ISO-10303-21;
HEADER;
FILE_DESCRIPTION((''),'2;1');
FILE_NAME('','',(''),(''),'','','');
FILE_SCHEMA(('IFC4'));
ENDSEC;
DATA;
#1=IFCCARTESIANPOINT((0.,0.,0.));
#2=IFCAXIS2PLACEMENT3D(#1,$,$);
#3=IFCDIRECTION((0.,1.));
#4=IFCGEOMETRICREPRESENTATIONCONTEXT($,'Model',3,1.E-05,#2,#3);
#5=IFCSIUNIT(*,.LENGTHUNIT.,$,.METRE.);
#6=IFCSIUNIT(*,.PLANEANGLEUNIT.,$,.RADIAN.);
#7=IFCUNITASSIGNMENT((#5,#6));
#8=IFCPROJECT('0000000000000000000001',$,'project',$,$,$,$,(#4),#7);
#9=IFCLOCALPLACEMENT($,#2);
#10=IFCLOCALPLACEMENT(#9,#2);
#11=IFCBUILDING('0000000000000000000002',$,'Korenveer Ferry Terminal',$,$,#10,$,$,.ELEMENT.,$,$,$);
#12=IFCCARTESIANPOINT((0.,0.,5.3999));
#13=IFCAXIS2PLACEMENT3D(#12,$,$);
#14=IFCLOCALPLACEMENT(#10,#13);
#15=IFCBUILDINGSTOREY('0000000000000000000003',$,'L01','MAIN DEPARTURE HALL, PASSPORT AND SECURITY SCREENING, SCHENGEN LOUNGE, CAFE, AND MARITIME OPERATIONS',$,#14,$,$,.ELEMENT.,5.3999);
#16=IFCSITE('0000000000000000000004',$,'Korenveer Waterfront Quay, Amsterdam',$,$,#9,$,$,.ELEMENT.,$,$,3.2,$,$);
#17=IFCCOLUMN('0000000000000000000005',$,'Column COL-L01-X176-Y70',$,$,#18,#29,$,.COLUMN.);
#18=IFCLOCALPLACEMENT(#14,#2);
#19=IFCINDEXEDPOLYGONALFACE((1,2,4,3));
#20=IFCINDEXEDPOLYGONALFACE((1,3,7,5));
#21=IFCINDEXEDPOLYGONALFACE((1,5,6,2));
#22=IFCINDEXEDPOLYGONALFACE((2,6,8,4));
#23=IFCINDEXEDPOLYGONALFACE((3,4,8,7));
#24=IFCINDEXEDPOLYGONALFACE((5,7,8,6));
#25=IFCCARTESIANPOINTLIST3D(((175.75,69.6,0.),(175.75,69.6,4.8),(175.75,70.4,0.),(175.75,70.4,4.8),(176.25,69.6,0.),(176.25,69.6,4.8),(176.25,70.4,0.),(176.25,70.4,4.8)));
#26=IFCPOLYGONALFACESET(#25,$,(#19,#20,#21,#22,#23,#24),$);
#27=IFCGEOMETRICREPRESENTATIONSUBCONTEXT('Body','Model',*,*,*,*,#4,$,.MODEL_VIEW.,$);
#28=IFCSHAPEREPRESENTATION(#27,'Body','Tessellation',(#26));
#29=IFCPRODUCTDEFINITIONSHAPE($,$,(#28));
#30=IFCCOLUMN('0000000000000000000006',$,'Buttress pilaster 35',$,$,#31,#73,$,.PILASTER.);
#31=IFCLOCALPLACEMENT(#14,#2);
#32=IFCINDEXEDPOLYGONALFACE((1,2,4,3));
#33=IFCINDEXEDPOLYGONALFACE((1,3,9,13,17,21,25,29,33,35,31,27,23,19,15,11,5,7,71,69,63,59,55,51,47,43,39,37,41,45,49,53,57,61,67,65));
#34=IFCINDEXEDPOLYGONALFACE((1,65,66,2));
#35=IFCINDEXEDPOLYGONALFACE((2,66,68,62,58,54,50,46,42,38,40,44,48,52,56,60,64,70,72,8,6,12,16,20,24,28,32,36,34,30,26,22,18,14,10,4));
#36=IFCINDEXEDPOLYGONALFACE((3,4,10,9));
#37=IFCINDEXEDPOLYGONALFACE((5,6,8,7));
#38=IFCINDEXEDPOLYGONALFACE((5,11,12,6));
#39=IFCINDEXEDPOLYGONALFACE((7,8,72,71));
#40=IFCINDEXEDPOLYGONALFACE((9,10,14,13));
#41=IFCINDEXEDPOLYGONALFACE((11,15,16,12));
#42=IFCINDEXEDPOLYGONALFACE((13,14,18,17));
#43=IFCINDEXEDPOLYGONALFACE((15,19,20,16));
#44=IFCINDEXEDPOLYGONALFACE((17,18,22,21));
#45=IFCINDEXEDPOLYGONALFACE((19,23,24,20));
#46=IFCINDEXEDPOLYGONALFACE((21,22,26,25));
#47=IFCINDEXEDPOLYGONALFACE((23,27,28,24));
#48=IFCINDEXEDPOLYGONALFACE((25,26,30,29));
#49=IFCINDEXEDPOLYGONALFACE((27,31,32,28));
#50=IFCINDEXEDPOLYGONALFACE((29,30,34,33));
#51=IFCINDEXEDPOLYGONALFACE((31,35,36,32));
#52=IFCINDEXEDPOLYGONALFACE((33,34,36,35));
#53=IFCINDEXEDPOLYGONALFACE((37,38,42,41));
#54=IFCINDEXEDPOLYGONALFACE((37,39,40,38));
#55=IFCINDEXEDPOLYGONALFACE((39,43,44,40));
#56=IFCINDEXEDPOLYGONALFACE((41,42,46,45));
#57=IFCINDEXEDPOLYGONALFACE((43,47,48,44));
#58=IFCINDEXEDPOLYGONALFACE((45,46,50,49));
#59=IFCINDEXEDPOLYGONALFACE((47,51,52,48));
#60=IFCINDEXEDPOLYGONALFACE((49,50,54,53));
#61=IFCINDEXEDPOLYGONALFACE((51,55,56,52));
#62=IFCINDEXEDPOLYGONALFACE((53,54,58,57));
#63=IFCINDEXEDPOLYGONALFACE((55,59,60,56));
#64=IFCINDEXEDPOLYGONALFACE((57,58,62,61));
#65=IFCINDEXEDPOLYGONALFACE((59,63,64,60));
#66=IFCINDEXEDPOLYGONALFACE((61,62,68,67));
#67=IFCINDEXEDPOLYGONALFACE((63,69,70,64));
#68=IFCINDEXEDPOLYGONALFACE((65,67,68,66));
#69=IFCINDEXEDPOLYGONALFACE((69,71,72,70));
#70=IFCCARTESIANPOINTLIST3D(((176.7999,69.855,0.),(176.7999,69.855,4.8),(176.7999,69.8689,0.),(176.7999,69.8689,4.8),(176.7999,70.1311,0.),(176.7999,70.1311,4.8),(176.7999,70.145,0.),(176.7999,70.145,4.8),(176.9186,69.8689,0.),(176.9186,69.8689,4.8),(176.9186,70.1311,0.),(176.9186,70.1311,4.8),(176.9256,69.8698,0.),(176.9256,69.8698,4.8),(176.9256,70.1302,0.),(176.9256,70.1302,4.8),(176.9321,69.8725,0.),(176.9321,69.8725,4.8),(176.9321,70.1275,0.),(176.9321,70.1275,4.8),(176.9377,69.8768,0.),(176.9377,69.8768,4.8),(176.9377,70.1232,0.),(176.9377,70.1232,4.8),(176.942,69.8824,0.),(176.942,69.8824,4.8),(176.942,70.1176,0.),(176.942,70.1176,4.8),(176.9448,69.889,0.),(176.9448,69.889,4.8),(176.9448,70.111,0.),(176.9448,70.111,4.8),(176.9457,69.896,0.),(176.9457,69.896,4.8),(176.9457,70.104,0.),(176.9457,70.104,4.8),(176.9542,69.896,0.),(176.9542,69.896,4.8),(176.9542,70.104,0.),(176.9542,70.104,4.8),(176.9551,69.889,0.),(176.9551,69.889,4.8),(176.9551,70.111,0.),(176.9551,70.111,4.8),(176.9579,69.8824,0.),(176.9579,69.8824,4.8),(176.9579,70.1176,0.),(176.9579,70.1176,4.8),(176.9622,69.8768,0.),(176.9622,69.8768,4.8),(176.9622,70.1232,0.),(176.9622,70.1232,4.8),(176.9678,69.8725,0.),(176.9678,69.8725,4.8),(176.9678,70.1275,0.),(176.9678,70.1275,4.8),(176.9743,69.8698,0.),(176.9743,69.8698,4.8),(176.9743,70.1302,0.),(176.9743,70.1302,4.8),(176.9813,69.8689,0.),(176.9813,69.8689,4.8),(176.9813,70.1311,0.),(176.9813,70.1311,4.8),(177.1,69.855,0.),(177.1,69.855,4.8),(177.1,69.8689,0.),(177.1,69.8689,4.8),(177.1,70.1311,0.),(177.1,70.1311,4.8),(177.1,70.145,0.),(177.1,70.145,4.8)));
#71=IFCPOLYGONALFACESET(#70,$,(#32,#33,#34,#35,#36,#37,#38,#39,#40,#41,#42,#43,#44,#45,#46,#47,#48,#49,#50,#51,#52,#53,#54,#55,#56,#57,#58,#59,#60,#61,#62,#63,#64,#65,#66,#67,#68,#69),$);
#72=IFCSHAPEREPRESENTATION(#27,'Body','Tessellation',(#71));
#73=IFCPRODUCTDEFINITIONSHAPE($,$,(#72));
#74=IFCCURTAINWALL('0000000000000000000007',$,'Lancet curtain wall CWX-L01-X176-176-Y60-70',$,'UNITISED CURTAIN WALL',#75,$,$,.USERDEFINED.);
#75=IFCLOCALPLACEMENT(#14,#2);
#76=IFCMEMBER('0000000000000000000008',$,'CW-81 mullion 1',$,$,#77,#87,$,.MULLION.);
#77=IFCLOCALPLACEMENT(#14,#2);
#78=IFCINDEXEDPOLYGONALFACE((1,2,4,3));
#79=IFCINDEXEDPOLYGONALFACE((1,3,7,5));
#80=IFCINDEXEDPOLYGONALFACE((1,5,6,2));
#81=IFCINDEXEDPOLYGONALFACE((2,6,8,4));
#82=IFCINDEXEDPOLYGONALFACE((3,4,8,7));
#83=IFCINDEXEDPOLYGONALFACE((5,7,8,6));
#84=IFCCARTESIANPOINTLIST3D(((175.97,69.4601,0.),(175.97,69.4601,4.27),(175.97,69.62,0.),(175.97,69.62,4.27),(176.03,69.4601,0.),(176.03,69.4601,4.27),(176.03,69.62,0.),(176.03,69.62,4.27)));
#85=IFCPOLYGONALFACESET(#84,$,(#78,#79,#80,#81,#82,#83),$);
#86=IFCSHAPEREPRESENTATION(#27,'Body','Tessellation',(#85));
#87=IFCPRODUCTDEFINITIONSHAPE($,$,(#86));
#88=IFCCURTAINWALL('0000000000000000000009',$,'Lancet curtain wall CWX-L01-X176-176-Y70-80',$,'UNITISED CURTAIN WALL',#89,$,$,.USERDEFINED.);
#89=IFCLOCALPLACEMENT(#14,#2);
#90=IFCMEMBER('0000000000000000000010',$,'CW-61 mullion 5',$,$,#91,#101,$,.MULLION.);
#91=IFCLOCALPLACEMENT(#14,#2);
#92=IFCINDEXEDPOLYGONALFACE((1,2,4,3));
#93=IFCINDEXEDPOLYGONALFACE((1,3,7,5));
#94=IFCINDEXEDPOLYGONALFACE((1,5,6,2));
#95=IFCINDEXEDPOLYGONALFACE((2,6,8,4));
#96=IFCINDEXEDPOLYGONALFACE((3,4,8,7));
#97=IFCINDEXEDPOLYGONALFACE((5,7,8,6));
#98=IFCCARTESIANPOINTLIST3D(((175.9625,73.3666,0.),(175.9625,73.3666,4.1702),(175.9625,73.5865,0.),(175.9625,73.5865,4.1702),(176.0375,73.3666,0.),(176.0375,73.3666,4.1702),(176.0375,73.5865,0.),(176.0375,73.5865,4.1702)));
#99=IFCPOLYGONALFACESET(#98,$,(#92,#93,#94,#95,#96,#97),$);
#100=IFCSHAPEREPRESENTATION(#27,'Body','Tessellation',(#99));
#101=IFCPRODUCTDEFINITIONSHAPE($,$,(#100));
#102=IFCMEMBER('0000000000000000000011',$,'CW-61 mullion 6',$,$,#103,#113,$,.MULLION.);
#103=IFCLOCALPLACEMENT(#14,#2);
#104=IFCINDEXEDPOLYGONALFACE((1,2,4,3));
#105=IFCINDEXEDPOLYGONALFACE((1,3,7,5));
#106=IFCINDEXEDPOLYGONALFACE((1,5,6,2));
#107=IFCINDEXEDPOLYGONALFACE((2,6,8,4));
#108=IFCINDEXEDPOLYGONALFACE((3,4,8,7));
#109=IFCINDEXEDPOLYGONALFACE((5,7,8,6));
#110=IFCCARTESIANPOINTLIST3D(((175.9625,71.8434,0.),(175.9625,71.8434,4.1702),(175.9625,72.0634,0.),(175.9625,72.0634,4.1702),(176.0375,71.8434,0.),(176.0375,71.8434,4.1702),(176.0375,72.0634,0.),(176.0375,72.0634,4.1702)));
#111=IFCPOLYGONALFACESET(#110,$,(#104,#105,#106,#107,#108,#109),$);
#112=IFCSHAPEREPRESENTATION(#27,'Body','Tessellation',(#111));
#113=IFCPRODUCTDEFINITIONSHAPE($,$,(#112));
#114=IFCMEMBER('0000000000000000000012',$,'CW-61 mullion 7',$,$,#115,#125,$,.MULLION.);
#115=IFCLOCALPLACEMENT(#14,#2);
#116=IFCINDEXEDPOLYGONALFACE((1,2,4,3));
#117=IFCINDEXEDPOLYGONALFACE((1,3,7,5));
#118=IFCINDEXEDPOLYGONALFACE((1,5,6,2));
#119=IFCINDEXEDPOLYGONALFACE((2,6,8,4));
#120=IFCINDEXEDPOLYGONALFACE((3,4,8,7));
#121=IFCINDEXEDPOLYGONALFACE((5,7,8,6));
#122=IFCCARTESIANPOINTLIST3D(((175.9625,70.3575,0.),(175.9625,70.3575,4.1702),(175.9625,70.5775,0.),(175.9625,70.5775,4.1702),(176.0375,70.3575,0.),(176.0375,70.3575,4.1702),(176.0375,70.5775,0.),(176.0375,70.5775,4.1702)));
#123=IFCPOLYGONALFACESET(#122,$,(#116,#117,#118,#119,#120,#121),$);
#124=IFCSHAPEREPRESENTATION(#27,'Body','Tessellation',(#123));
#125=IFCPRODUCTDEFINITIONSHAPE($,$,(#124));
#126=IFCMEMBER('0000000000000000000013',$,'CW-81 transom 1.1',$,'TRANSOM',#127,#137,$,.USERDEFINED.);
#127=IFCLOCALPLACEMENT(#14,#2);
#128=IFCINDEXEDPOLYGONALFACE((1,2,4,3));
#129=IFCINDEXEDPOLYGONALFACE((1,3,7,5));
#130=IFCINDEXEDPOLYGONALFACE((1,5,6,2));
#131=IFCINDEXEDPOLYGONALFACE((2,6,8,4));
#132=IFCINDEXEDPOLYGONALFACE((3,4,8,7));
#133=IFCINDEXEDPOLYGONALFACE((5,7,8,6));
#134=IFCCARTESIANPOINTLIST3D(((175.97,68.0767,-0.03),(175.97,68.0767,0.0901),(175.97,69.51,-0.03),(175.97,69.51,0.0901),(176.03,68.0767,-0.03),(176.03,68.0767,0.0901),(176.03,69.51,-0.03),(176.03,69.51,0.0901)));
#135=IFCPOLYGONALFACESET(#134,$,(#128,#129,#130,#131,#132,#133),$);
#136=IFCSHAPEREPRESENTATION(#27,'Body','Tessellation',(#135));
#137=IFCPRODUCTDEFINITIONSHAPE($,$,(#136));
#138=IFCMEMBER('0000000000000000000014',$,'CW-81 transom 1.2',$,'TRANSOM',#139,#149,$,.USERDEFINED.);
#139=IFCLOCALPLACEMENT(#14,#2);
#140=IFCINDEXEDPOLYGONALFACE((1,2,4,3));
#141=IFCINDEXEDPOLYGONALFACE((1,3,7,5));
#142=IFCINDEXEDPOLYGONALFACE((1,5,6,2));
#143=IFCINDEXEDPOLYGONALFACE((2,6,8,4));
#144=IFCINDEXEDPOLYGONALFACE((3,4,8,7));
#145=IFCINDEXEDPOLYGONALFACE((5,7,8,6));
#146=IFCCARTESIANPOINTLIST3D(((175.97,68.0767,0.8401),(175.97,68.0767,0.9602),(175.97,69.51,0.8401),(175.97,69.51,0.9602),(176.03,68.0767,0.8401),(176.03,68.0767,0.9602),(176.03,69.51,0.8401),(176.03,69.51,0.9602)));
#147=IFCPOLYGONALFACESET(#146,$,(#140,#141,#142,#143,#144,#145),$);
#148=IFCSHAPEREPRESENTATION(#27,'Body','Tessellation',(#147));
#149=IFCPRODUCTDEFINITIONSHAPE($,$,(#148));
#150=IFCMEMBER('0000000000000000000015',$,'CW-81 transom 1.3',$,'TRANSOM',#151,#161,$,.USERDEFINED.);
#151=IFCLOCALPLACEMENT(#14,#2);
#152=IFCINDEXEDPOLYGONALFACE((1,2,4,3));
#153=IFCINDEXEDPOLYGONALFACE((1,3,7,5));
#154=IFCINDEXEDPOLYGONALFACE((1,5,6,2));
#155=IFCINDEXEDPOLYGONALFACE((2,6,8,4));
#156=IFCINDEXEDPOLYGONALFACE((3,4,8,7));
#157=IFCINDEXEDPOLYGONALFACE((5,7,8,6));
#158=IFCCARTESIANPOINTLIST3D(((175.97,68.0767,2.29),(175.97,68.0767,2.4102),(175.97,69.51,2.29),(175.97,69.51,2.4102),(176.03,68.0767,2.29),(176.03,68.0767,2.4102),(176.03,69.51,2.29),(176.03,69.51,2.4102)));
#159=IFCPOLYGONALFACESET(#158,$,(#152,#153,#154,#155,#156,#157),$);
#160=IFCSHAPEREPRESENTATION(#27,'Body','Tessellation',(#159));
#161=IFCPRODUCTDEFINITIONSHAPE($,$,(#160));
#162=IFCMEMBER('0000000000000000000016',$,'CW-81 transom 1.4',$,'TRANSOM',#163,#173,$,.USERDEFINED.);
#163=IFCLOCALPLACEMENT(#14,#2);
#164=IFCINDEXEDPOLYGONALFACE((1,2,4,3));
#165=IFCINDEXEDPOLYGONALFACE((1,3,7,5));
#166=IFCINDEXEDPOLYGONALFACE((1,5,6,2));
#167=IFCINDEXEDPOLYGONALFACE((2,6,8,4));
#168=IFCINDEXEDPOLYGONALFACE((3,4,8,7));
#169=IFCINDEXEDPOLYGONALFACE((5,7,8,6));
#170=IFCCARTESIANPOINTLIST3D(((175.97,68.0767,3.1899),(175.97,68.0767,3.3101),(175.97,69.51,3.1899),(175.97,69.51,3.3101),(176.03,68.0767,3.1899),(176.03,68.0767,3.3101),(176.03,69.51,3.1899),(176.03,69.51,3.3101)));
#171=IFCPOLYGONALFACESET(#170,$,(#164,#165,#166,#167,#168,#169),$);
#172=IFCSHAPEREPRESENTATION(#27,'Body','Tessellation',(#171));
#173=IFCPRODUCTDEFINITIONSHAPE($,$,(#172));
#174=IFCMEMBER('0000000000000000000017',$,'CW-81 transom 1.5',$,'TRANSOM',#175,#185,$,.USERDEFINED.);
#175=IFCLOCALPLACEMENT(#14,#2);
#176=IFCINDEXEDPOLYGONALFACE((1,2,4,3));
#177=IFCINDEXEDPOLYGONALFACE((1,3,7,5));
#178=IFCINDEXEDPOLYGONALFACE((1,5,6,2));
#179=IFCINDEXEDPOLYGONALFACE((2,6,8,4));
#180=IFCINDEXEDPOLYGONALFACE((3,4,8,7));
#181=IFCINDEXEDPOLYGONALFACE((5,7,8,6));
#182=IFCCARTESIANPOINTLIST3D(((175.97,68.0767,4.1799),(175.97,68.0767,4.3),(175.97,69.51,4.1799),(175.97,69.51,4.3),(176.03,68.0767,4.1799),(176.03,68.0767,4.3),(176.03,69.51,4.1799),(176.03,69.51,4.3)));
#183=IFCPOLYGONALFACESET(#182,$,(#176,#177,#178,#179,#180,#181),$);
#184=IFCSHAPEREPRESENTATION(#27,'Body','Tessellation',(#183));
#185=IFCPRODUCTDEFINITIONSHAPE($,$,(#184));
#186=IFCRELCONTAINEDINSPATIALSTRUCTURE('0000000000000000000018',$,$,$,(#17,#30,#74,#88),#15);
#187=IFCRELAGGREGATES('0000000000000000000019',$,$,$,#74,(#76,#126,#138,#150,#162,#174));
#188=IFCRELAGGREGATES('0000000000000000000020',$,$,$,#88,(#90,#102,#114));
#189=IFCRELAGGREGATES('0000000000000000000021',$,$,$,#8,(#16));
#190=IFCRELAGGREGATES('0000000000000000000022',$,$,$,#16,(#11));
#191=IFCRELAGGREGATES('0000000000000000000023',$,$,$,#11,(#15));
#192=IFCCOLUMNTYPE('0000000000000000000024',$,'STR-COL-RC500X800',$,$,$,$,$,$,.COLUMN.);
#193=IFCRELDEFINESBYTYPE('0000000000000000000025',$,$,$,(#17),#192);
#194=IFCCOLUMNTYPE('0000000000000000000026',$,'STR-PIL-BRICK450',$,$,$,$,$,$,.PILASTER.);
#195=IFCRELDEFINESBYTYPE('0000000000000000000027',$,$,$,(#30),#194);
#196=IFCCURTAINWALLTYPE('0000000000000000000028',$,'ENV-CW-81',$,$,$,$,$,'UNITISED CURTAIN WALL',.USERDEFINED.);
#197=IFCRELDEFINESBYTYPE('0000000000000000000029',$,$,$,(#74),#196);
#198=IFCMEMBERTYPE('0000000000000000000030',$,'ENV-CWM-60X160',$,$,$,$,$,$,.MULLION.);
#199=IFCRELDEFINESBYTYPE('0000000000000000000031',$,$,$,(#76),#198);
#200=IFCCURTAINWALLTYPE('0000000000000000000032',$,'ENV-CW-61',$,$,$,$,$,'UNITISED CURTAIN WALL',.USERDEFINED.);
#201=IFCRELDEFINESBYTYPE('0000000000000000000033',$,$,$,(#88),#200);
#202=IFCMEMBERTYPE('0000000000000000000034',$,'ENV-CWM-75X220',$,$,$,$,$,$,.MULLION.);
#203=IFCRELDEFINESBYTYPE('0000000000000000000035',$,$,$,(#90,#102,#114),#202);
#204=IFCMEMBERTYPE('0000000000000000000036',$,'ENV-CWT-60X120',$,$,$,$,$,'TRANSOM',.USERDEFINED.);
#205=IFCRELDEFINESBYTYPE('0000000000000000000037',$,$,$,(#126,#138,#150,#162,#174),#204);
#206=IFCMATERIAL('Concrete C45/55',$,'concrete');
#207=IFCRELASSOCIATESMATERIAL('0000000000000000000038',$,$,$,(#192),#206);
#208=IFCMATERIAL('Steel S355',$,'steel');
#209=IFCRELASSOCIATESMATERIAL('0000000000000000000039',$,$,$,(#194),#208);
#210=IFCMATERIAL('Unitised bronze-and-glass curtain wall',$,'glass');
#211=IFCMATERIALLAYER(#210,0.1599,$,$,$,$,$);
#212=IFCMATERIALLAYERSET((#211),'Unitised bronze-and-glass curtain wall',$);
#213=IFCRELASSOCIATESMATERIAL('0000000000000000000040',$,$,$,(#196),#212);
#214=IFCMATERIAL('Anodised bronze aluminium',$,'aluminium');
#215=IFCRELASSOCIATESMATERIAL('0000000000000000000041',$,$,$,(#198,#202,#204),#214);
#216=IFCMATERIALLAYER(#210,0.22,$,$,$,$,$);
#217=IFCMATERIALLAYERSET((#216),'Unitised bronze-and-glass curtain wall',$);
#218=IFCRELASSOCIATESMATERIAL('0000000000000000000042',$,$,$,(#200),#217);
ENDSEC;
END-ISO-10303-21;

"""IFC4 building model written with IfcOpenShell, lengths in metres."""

from ifc_helpers import new_model, si_unit, direction, frame, origin, origin_2d, place, context, subcontext, project, spatial, rectangle, i_section, extrude, material, layer, layer_set, material_profile, profile_set, type_object, element, aggregate, save


model = new_model("IFC4")

# Units and contexts
model_context = context("Model", 3, precision=1e-05, world=origin(), true_north=direction((0.0, 1.0)))
body_context = subcontext(model_context, "Body", "Model", "MODEL_VIEW")
ifc_project = project(units=[si_unit("LENGTHUNIT", "METRE"), si_unit("PLANEANGLEUNIT", "RADIAN")], contexts=[model_context])

# Site, building, storey
site_placement = place(None, origin())
site = spatial("IfcSite", under=ifc_project, at=site_placement, Name="Korenveer Waterfront Quay, Amsterdam", CompositionType="ELEMENT", RefElevation=3.2)
building_placement = place(site_placement, origin())
building = spatial("IfcBuilding", under=site, at=building_placement, Name="Korenveer Ferry Terminal", CompositionType="ELEMENT")
storey_placement = place(building_placement, frame((0.0, 0.0, 5.3999)))
storey = spatial("IfcBuildingStorey", under=building, at=storey_placement, Name="L01", Description="MAIN DEPARTURE HALL, PASSPORT AND SECURITY SCREENING, SCHENGEN LOUNGE, CAFE, AND MARITIME OPERATIONS", CompositionType="ELEMENT", Elevation=5.3999)

# Columns
ifc_material_1 = material(Name="Concrete C45/55", Category="concrete")
ifc_material_profile_1 = material_profile(ifc_material_1, rectangle(XDim=0.5, YDim=0.8, at=origin_2d()), Name="RC 500x800")
ifc_profile_set_1 = profile_set([ifc_material_profile_1], Name="Concrete C45/55")
column_type_1 = type_object("IfcColumnType", Name="STR-COL-RC500X800", PredefinedType="COLUMN", material=ifc_profile_set_1)
column_1_placement = place(storey_placement, frame((176.0, 70.0, 0.0), z_axis=(0.0, 0.0, 1.0), x_axis=(1.0, 0.0, 0.0)))
element("IfcColumn", 1, at=column_1_placement, inside=storey, type_object=column_type_1, Name="Column COL-L01-X176-Y70", PredefinedType="COLUMN", context=body_context, shape_type="SweptSolid", body=[
    extrude(rectangle(XDim=0.5, YDim=0.8, at=origin_2d()), origin(), (0.0, 0.0, 1.0), 4.8),
])
ifc_material_2 = material(Name="Steel S355", Category="steel")
ifc_material_profile_2 = material_profile(ifc_material_2, i_section(OverallWidth=0.3, OverallDepth=0.29, WebThickness=0.0085, FlangeThickness=0.0139, FilletRadius=0.0271, at=origin_2d()), Name="HEA 300")
ifc_profile_set_2 = profile_set([ifc_material_profile_2], Name="Steel S355")
column_type_2 = type_object("IfcColumnType", Name="STR-PIL-BRICK450", PredefinedType="PILASTER", material=ifc_profile_set_2)
column_2_placement = place(storey_placement, frame((176.95, 70.0, 0.0), z_axis=(0.0, 0.0, 1.0), x_axis=(1.0, 0.0, 0.0)))
element("IfcColumn", 2, at=column_2_placement, inside=storey, type_object=column_type_2, Name="Buttress pilaster 35", PredefinedType="PILASTER", context=body_context, shape_type="SweptSolid", body=[
    extrude(i_section(OverallWidth=0.3, OverallDepth=0.29, WebThickness=0.0085, FlangeThickness=0.0139, FilletRadius=0.0271, at=origin_2d()), origin(), (0.0, 0.0, 1.0), 4.8),
])

# Curtain wall, member
ifc_material_3 = material(Name="Unitised bronze-and-glass curtain wall", Category="glass")
ifc_layer_1 = layer(ifc_material_3, 0.1599)
ifc_layer_set_1 = layer_set([ifc_layer_1], Name="Unitised bronze-and-glass curtain wall")
curtain_wall_type_1 = type_object("IfcCurtainWallType", Name="ENV-CW-81", ElementType="UNITISED CURTAIN WALL", PredefinedType="USERDEFINED", material=ifc_layer_set_1)
curtain_wall_1_placement = place(storey_placement, frame((176.0, 69.5701, 0.0)))
curtain_wall_1 = element("IfcCurtainWall", 3, at=curtain_wall_1_placement, inside=storey, type_object=curtain_wall_type_1, Name="Lancet curtain wall CWX-L01-X176-176-Y60-70", ObjectType="UNITISED CURTAIN WALL", PredefinedType="USERDEFINED")
ifc_material_4 = material(Name="Anodised bronze aluminium", Category="aluminium")
ifc_material_profile_3 = material_profile(ifc_material_4, rectangle(XDim=0.0601, YDim=0.1599, at=origin_2d()), Name="ALU 60x160")
ifc_profile_set_3 = profile_set([ifc_material_profile_3], Name="Anodised bronze aluminium")
member_type_1 = type_object("IfcMemberType", Name="ENV-CWM-60X160", PredefinedType="MULLION", material=ifc_profile_set_3)
member_1_placement = place(storey_placement, frame((176.0, 69.54, 0.0), z_axis=(0.0, 0.0, 1.0), x_axis=(1.0, 0.0, 0.0)))
member_1 = element("IfcMember", 4, at=member_1_placement, type_object=member_type_1, Name="CW-81 mullion 1", PredefinedType="MULLION", context=body_context, shape_type="SweptSolid", body=[
    extrude(rectangle(XDim=0.0601, YDim=0.1599, at=origin_2d()), origin(), (0.0, 0.0, 1.0), 4.27),
])

# Curtain wall, members
ifc_layer_2 = layer(ifc_material_3, 0.22)
ifc_layer_set_2 = layer_set([ifc_layer_2], Name="Unitised bronze-and-glass curtain wall")
curtain_wall_type_2 = type_object("IfcCurtainWallType", Name="ENV-CW-61", ElementType="UNITISED CURTAIN WALL", PredefinedType="USERDEFINED", material=ifc_layer_set_2)
curtain_wall_2_placement = place(storey_placement, frame((176.0, 79.5701, 0.0)))
curtain_wall_2 = element("IfcCurtainWall", 5, at=curtain_wall_2_placement, inside=storey, type_object=curtain_wall_type_2, Name="Lancet curtain wall CWX-L01-X176-176-Y70-80", ObjectType="UNITISED CURTAIN WALL", PredefinedType="USERDEFINED")
ifc_material_profile_4 = material_profile(ifc_material_4, rectangle(XDim=0.075, YDim=0.22, at=origin_2d()), Name="ALU 75x220")
ifc_profile_set_4 = profile_set([ifc_material_profile_4], Name="Anodised bronze aluminium")
member_type_2 = type_object("IfcMemberType", Name="ENV-CWM-75X220", PredefinedType="MULLION", material=ifc_profile_set_4)
member_2_placement = place(storey_placement, frame((176.0, 73.4766, 0.0), z_axis=(0.0, 0.0, 1.0), x_axis=(1.0, 0.0, 0.0)))
member_2 = element("IfcMember", 6, at=member_2_placement, type_object=member_type_2, Name="CW-61 mullion 5", PredefinedType="MULLION", context=body_context, shape_type="SweptSolid", body=[
    extrude(rectangle(XDim=0.075, YDim=0.22, at=origin_2d()), origin(), (0.0, 0.0, 1.0), 4.1702),
])
member_3_placement = place(storey_placement, frame((176.0, 71.9534, 0.0), z_axis=(0.0, 0.0, 1.0), x_axis=(1.0, 0.0, 0.0)))
member_3 = element("IfcMember", 7, at=member_3_placement, type_object=member_type_2, Name="CW-61 mullion 6", PredefinedType="MULLION", context=body_context, shape_type="SweptSolid", body=[
    extrude(rectangle(XDim=0.075, YDim=0.22, at=origin_2d()), origin(), (0.0, 0.0, 1.0), 4.1702),
])
member_4_placement = place(storey_placement, frame((176.0, 70.4675, 0.0), z_axis=(0.0, 0.0, 1.0), x_axis=(1.0, 0.0, 0.0)))
member_4 = element("IfcMember", 8, at=member_4_placement, type_object=member_type_2, Name="CW-61 mullion 7", PredefinedType="MULLION", context=body_context, shape_type="SweptSolid", body=[
    extrude(rectangle(XDim=0.075, YDim=0.22, at=origin_2d()), origin(), (0.0, 0.0, 1.0), 4.1702),
])

# Members
ifc_material_profile_5 = material_profile(ifc_material_4, rectangle(XDim=0.0601, YDim=0.1201, at=origin_2d()), Name="ALU 60x120")
ifc_profile_set_5 = profile_set([ifc_material_profile_5], Name="Anodised bronze aluminium")
member_type_3 = type_object("IfcMemberType", Name="ENV-CWT-60X120", ElementType="TRANSOM", PredefinedType="USERDEFINED", material=ifc_profile_set_5)
member_5_placement = place(storey_placement, frame((176.0, 69.51, 0.03), z_axis=(0.0, -1.0, 0.0), x_axis=(1.0, 0.0, 0.0)))
member_5 = element("IfcMember", 9, at=member_5_placement, type_object=member_type_3, Name="CW-81 transom 1.1", ObjectType="TRANSOM", PredefinedType="USERDEFINED", context=body_context, shape_type="SweptSolid", body=[
    extrude(rectangle(XDim=0.0601, YDim=0.1201, at=origin_2d()), origin(), (0.0, 0.0, 1.0), 1.4333),
])
member_6_placement = place(storey_placement, frame((176.0, 69.51, 0.9001), z_axis=(0.0, -1.0, 0.0), x_axis=(1.0, 0.0, 0.0)))
member_6 = element("IfcMember", 10, at=member_6_placement, type_object=member_type_3, Name="CW-81 transom 1.2", ObjectType="TRANSOM", PredefinedType="USERDEFINED", context=body_context, shape_type="SweptSolid", body=[
    extrude(rectangle(XDim=0.0601, YDim=0.1201, at=origin_2d()), origin(), (0.0, 0.0, 1.0), 1.4333),
])
member_7_placement = place(storey_placement, frame((176.0, 69.51, 2.3501), z_axis=(0.0, -1.0, 0.0), x_axis=(1.0, 0.0, 0.0)))
member_7 = element("IfcMember", 11, at=member_7_placement, type_object=member_type_3, Name="CW-81 transom 1.3", ObjectType="TRANSOM", PredefinedType="USERDEFINED", context=body_context, shape_type="SweptSolid", body=[
    extrude(rectangle(XDim=0.0601, YDim=0.1201, at=origin_2d()), origin(), (0.0, 0.0, 1.0), 1.4333),
])
member_8_placement = place(storey_placement, frame((176.0, 69.51, 3.25), z_axis=(0.0, -1.0, 0.0), x_axis=(1.0, 0.0, 0.0)))
member_8 = element("IfcMember", 12, at=member_8_placement, type_object=member_type_3, Name="CW-81 transom 1.4", ObjectType="TRANSOM", PredefinedType="USERDEFINED", context=body_context, shape_type="SweptSolid", body=[
    extrude(rectangle(XDim=0.0601, YDim=0.1201, at=origin_2d()), origin(), (0.0, 0.0, 1.0), 1.4333),
])
member_9_placement = place(storey_placement, frame((176.0, 69.51, 4.24), z_axis=(0.0, -1.0, 0.0), x_axis=(1.0, 0.0, 0.0)))
member_9 = element("IfcMember", 13, at=member_9_placement, type_object=member_type_3, Name="CW-81 transom 1.5", ObjectType="TRANSOM", PredefinedType="USERDEFINED", context=body_context, shape_type="SweptSolid", body=[
    extrude(rectangle(XDim=0.0601, YDim=0.1201, at=origin_2d()), origin(), (0.0, 0.0, 1.0), 1.4333),
])
aggregate(curtain_wall_1, [member_1, member_5, member_6, member_7, member_8, member_9])

aggregate(curtain_wall_2, [member_2, member_3, member_4])

save(model, "model.ifc")
